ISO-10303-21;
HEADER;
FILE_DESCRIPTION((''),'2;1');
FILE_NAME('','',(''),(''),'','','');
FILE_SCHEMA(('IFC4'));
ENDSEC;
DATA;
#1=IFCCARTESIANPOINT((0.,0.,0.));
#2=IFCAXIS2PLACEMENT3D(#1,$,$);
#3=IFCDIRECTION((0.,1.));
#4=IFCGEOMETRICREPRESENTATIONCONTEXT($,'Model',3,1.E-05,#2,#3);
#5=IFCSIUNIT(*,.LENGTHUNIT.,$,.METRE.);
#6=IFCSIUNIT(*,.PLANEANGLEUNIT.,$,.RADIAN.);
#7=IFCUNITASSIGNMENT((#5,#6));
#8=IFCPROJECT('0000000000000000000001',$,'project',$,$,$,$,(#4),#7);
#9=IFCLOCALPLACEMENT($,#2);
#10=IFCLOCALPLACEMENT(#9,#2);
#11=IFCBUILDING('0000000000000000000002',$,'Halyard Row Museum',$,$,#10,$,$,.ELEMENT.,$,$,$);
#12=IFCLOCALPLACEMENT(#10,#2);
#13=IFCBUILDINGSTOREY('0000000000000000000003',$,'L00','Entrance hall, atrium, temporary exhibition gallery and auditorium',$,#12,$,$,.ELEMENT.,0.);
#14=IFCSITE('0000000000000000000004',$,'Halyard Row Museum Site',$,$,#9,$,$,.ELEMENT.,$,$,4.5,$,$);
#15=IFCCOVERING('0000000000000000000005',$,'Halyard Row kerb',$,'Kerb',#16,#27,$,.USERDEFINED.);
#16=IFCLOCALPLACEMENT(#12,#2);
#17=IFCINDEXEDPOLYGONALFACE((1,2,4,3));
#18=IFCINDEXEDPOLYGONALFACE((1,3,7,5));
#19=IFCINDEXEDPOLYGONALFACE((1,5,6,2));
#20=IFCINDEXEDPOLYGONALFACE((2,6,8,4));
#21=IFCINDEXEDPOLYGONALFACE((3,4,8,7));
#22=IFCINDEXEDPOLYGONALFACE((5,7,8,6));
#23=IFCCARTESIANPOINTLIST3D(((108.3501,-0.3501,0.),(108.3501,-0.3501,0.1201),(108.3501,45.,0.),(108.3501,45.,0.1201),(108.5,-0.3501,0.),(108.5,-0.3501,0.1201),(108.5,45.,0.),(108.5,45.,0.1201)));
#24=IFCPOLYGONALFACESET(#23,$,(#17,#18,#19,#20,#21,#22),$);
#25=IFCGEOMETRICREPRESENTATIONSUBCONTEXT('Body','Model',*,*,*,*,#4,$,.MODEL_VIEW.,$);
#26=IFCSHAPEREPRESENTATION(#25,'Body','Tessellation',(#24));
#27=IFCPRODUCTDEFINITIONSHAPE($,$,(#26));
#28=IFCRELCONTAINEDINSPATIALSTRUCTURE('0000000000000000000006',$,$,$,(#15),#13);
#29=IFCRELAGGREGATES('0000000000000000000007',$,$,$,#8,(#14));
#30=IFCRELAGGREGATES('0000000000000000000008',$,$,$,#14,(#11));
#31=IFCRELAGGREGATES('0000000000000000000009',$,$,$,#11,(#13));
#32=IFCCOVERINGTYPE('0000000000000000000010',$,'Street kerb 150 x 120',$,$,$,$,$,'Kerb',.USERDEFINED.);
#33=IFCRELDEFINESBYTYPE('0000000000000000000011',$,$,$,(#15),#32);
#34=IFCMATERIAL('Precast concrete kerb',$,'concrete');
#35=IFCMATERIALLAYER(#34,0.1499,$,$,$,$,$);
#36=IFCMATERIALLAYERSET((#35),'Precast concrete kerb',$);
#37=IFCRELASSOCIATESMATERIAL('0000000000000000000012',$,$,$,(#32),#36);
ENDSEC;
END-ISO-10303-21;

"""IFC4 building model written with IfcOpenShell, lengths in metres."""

from ifc_helpers import new_model, si_unit, direction, origin, place, context, subcontext, project, spatial, polyline, outline, extrude, material, layer, layer_set, type_object, element, save


model = new_model("IFC4")

# Units and contexts
model_context = context("Model", 3, precision=1e-05, world=origin(), true_north=direction((0.0, 1.0)))
body_context = subcontext(model_context, "Body", "Model", "MODEL_VIEW")
ifc_project = project(units=[si_unit("LENGTHUNIT", "METRE"), si_unit("PLANEANGLEUNIT", "RADIAN")], contexts=[model_context])

# Site, building, storey
site_placement = place(None, origin())
site = spatial("IfcSite", under=ifc_project, at=site_placement, Name="Halyard Row Museum Site", CompositionType="ELEMENT", RefElevation=4.5)
building_placement = place(site_placement, origin())
building = spatial("IfcBuilding", under=site, at=building_placement, Name="Halyard Row Museum", CompositionType="ELEMENT")
storey_placement = place(building_placement, origin())
storey = spatial("IfcBuildingStorey", under=building, at=storey_placement, Name="L00", Description="Entrance hall, atrium, temporary exhibition gallery and auditorium", CompositionType="ELEMENT", Elevation=0.0)

# Covering
ifc_material_1 = material(Name="Precast concrete kerb", Category="concrete")
ifc_layer_1 = layer(ifc_material_1, 0.1499)
ifc_layer_set_1 = layer_set([ifc_layer_1], Name="Precast concrete kerb")
covering_type = type_object("IfcCoveringType", Name="Street kerb 150 x 120", ElementType="Kerb", PredefinedType="USERDEFINED", material=ifc_layer_set_1)
covering_1_placement = place(storey_placement, origin())
element("IfcCovering", 1, at=covering_1_placement, inside=storey, type_object=covering_type, Name="Halyard Row kerb", ObjectType="Kerb", PredefinedType="USERDEFINED", context=body_context, shape_type="SweptSolid", body=[
    extrude(outline(polyline([(108.3501, -0.3501), (108.5, -0.3501), (108.5, 45.0), (108.3501, 45.0), (108.3501, -0.3501)])), origin(), (0.0, 0.0, 1.0), 0.1201),
])

save(model, "model.ifc")
